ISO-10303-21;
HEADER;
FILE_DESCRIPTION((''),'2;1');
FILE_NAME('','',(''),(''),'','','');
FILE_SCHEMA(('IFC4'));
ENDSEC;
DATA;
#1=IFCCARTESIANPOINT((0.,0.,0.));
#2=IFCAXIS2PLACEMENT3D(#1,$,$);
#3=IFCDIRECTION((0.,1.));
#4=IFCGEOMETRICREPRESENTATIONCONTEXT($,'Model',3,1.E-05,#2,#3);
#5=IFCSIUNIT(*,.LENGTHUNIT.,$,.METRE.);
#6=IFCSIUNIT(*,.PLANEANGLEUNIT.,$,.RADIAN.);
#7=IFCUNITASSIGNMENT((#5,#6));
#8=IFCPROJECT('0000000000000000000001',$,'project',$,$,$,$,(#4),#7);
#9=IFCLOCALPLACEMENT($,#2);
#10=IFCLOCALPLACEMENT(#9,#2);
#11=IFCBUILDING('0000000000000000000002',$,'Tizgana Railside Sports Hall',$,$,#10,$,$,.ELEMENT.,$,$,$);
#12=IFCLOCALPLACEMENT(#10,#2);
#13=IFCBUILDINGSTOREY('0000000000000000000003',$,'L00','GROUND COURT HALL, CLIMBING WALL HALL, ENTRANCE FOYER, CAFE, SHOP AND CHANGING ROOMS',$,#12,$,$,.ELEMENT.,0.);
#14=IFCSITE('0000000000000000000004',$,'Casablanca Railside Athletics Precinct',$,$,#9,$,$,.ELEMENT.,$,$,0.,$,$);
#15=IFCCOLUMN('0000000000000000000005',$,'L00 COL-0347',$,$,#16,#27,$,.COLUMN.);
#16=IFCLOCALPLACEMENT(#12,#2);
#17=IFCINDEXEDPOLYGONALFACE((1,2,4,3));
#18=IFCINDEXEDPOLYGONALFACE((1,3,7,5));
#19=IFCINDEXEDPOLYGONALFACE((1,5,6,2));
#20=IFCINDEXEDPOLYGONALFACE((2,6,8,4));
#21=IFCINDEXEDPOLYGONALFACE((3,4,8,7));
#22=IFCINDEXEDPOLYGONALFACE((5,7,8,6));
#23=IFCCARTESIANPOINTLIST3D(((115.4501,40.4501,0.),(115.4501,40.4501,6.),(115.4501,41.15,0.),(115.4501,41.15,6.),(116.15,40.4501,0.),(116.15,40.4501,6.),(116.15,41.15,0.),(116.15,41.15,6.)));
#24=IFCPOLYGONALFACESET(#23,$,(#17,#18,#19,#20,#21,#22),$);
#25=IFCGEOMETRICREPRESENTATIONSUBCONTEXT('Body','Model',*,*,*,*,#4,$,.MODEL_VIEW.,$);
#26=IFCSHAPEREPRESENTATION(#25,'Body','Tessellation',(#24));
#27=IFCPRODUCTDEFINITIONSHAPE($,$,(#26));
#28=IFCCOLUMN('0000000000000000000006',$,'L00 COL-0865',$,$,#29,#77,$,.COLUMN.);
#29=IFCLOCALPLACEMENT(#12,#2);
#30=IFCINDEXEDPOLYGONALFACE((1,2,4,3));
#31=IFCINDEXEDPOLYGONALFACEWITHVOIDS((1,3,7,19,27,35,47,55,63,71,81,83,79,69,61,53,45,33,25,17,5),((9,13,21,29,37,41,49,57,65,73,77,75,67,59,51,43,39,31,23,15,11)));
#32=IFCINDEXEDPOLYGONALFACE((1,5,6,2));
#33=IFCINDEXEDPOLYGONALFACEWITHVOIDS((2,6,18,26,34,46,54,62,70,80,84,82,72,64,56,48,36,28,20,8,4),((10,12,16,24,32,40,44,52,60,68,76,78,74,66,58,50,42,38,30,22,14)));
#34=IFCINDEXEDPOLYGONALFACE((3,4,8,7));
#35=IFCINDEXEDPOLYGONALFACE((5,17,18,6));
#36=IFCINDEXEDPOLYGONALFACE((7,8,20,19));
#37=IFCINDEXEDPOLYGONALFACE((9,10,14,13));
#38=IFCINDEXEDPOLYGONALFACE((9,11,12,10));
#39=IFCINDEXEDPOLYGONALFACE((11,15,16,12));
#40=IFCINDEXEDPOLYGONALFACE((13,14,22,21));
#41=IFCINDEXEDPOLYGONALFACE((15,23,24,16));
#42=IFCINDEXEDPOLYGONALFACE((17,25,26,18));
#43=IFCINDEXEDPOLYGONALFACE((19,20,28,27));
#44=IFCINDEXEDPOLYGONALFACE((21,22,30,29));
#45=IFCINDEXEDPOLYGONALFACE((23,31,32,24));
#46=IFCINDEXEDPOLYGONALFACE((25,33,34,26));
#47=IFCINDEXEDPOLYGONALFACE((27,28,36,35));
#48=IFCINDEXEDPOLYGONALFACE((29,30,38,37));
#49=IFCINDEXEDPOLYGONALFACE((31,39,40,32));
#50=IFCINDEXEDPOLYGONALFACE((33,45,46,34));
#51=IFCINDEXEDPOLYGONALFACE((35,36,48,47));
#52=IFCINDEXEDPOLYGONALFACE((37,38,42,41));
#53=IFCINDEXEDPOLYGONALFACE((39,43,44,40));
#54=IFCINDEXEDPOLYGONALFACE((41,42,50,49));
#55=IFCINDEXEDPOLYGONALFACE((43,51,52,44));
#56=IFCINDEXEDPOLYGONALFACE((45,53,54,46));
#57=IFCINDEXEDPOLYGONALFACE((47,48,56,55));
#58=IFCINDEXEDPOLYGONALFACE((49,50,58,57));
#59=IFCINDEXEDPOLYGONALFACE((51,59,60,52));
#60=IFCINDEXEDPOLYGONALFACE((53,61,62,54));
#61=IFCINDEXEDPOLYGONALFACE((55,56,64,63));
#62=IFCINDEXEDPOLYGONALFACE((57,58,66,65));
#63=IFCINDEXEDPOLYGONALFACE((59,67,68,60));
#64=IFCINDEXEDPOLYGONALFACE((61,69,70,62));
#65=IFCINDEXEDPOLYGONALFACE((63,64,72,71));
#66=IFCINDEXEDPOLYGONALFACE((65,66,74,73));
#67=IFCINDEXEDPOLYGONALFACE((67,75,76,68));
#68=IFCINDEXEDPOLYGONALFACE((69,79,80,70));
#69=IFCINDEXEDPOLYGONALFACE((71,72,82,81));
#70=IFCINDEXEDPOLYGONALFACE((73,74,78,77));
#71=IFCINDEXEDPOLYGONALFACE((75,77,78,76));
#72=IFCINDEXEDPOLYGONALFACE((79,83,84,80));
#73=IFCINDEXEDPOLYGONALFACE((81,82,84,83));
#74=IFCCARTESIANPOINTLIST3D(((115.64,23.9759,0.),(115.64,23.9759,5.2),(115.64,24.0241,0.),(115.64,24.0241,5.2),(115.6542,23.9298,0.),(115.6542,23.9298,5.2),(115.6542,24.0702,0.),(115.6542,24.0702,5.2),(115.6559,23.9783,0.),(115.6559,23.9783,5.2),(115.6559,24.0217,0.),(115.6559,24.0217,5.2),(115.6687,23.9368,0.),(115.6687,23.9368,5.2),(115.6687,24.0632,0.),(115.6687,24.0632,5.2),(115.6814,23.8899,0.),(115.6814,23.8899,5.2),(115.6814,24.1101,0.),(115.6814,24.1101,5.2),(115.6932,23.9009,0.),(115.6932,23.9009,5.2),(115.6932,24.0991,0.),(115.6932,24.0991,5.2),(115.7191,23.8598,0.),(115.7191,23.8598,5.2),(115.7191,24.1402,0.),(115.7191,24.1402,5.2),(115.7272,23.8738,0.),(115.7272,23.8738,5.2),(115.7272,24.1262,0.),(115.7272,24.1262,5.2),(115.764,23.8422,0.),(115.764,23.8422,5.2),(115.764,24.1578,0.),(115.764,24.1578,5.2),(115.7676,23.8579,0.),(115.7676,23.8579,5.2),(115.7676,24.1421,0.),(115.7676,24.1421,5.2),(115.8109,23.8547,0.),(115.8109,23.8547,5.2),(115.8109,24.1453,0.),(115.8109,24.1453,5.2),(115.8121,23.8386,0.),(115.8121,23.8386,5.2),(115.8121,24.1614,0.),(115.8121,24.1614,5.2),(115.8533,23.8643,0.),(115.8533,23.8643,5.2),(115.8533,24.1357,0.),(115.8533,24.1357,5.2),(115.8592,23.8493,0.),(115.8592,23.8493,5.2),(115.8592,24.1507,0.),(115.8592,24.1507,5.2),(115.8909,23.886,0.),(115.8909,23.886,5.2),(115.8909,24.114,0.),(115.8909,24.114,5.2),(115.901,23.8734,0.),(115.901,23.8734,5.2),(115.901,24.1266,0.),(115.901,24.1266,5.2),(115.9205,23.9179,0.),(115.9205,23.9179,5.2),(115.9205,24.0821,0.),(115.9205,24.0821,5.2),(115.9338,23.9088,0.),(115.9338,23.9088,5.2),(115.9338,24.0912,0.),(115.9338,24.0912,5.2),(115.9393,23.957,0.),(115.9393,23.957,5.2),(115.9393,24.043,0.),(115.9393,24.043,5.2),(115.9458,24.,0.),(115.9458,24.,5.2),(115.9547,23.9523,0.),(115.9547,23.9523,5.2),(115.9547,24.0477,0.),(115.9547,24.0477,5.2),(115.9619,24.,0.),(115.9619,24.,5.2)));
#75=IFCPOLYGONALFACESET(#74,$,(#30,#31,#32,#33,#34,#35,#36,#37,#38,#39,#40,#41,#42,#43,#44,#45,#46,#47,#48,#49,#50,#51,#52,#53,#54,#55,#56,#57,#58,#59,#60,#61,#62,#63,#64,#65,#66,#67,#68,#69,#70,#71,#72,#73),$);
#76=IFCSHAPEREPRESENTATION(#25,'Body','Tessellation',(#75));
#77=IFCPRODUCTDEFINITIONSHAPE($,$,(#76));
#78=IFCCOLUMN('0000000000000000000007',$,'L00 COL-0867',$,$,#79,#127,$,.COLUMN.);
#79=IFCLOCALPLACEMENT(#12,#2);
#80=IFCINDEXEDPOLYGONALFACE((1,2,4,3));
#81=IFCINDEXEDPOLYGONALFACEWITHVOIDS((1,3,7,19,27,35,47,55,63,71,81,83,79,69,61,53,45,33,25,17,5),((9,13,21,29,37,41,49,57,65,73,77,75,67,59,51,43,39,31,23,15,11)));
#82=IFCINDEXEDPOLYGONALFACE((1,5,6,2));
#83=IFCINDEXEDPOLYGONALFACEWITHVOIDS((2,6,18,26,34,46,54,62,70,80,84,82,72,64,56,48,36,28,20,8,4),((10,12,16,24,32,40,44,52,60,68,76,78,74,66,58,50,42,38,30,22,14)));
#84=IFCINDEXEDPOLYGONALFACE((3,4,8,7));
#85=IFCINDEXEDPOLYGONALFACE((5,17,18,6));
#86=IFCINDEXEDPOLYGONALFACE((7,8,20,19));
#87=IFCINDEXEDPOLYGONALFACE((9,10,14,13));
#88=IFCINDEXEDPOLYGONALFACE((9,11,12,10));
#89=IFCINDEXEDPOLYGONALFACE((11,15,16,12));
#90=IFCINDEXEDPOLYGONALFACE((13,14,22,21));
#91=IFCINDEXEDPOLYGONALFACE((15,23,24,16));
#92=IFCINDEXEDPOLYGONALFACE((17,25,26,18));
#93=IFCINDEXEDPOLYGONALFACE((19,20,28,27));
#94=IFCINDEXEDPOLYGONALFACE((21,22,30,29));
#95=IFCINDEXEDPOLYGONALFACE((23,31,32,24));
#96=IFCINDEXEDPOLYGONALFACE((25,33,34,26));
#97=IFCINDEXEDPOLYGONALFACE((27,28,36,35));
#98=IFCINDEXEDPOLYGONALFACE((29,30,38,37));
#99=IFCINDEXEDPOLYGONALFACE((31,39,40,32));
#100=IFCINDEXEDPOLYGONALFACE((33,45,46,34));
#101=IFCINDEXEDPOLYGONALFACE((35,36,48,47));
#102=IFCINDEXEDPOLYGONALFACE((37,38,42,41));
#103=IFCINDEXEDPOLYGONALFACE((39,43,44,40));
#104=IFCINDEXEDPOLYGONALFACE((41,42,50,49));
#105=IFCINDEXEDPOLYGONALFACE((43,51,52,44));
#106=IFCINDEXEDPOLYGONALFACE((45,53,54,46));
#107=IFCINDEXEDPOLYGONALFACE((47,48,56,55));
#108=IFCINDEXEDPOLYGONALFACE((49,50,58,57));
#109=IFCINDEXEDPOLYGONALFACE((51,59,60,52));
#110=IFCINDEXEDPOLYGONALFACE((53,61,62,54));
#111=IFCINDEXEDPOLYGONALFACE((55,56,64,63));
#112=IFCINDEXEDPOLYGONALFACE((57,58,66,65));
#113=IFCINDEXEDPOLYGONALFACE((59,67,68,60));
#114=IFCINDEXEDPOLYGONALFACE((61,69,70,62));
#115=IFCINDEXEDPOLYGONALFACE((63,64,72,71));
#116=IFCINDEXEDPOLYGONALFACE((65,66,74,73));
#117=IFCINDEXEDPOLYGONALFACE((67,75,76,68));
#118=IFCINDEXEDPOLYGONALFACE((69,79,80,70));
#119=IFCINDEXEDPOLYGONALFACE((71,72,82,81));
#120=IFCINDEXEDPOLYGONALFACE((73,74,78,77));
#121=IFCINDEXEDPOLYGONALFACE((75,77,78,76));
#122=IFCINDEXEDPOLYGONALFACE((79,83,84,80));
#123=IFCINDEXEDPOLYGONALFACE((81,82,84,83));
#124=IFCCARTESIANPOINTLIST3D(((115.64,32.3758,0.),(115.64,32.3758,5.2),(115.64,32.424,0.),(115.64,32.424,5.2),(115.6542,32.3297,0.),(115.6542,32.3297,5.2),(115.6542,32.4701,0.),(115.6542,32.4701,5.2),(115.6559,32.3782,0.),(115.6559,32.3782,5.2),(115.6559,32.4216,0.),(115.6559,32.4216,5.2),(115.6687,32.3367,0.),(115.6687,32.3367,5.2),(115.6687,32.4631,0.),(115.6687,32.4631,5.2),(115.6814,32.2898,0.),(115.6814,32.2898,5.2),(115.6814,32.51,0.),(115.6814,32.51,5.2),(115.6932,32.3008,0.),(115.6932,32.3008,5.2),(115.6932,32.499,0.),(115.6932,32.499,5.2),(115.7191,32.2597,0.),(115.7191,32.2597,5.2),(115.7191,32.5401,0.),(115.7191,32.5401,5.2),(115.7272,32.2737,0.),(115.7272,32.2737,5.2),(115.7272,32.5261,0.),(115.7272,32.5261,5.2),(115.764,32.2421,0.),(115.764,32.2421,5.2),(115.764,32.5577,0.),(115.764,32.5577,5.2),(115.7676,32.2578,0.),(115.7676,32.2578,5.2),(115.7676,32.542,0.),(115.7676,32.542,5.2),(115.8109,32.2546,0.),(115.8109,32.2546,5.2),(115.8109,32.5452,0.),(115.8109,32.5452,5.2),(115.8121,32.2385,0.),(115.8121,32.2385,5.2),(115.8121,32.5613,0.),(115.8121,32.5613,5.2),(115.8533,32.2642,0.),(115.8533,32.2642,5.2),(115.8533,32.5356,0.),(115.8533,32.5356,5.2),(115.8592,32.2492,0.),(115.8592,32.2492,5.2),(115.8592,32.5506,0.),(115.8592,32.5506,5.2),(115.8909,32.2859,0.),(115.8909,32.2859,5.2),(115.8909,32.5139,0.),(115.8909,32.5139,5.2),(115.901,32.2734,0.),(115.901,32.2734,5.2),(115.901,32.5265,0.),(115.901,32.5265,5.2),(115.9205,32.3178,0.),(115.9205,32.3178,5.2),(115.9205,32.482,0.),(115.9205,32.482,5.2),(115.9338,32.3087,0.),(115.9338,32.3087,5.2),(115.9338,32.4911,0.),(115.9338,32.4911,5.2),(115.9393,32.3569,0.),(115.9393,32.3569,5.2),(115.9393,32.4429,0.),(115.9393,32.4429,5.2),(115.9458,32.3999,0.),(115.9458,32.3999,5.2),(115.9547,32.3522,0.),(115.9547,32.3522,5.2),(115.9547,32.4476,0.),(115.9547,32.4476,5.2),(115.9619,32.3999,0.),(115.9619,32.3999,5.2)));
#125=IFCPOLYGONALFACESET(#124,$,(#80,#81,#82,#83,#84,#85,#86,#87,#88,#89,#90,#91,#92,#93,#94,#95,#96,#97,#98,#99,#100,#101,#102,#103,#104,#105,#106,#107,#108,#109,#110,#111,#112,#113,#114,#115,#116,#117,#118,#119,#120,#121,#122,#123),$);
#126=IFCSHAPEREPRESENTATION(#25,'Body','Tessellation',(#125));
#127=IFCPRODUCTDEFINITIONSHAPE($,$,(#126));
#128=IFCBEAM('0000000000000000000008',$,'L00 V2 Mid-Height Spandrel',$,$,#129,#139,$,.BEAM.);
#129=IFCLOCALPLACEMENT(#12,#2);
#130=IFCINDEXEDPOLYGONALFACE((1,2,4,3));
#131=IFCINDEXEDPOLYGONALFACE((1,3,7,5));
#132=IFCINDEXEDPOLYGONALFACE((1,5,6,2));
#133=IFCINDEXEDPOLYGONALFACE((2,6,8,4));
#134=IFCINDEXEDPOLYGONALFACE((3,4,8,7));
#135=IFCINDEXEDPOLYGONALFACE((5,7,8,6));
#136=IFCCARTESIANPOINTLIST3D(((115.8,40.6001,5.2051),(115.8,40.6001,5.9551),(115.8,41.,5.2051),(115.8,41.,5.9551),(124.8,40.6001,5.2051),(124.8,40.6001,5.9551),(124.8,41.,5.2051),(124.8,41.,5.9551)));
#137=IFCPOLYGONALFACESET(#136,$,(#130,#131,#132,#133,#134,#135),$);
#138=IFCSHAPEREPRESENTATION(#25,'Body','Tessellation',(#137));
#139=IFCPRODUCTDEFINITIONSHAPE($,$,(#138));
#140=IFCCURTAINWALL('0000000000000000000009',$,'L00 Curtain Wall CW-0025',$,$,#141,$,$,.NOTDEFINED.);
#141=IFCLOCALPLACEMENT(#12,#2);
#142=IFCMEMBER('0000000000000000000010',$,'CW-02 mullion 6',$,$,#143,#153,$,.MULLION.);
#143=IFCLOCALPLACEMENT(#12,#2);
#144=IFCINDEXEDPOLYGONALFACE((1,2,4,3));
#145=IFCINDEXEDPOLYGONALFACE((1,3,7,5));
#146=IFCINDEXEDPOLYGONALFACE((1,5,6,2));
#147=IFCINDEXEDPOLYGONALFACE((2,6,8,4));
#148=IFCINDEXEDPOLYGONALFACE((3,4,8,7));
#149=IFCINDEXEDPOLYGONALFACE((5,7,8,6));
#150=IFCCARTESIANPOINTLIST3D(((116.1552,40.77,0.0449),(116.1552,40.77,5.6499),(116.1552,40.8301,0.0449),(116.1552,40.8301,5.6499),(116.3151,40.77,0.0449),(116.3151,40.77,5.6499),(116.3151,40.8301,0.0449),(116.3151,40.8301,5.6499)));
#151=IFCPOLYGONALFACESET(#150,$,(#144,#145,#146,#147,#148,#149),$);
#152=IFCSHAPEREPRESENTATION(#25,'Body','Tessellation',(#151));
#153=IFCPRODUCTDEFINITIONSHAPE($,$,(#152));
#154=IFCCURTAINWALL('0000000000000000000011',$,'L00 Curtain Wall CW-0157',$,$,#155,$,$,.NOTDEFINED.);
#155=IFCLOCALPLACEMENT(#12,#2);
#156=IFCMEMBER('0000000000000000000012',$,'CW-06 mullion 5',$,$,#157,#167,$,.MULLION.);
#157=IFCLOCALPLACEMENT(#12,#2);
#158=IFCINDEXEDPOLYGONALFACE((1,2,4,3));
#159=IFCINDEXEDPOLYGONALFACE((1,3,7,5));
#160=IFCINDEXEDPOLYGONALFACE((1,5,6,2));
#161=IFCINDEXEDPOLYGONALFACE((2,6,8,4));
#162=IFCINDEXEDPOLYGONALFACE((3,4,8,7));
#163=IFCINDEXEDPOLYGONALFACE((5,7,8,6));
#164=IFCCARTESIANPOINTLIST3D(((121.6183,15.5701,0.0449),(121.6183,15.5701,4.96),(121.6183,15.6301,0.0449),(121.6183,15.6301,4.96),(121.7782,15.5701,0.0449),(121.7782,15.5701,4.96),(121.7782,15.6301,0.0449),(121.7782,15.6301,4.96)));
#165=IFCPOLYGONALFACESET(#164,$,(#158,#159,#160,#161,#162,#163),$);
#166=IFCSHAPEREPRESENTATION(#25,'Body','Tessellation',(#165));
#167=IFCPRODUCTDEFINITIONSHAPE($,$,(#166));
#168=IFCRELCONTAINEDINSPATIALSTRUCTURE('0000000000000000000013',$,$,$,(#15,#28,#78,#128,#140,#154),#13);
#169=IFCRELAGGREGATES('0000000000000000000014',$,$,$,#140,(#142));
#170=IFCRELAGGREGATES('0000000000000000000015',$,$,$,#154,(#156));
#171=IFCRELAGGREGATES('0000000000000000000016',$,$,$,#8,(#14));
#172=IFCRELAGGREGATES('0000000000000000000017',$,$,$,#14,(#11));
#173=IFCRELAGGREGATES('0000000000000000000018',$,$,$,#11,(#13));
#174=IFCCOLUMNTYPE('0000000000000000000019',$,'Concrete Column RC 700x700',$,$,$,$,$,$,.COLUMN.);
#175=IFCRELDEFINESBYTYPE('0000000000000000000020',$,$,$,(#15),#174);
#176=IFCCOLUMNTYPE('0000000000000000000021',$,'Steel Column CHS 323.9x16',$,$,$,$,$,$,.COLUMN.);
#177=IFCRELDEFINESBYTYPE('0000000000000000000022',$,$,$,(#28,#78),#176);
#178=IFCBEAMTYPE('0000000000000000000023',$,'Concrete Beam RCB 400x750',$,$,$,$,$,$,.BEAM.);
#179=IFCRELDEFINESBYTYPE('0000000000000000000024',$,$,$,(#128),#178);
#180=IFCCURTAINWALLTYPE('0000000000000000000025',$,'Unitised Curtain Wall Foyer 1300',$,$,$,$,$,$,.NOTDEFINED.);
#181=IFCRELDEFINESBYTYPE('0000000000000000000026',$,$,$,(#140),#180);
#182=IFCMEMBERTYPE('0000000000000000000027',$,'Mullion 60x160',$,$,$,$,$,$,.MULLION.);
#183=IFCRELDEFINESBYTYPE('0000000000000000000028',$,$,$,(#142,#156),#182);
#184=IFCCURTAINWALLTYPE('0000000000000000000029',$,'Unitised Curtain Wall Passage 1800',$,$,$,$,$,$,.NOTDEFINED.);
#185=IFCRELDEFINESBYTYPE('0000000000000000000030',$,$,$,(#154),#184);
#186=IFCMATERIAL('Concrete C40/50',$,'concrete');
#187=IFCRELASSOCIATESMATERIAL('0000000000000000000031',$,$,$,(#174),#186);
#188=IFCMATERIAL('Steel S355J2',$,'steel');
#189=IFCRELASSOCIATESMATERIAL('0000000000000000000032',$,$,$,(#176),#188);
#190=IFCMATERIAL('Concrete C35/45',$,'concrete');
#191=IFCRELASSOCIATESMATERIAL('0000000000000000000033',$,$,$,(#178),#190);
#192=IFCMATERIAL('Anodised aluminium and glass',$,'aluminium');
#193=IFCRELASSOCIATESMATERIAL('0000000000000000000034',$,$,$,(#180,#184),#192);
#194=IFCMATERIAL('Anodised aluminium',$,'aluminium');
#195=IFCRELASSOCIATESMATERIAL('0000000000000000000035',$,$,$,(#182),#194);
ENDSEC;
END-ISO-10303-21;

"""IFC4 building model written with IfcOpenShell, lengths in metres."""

from ifc_helpers import new_model, si_unit, direction, frame, origin, origin_2d, place, context, subcontext, project, spatial, rectangle, hollow_circle, extrude, material, material_profile, profile_set, type_object, element, aggregate, save


model = new_model("IFC4")

# Units and contexts
model_context = context("Model", 3, precision=1e-05, world=origin(), true_north=direction((0.0, 1.0)))
body_context = subcontext(model_context, "Body", "Model", "MODEL_VIEW")
ifc_project = project(units=[si_unit("LENGTHUNIT", "METRE"), si_unit("PLANEANGLEUNIT", "RADIAN")], contexts=[model_context])

# Site, building, storey
site_placement = place(None, origin())
site = spatial("IfcSite", under=ifc_project, at=site_placement, Name="Casablanca Railside Athletics Precinct", CompositionType="ELEMENT", RefElevation=0.0)
building_placement = place(site_placement, origin())
building = spatial("IfcBuilding", under=site, at=building_placement, Name="Tizgana Railside Sports Hall", CompositionType="ELEMENT")
storey_placement = place(building_placement, origin())
storey = spatial("IfcBuildingStorey", under=building, at=storey_placement, Name="L00", Description="GROUND COURT HALL, CLIMBING WALL HALL, ENTRANCE FOYER, CAFE, SHOP AND CHANGING ROOMS", CompositionType="ELEMENT", Elevation=0.0)

# Columns
ifc_material_1 = material(Name="Concrete C40/50", Category="concrete")
ifc_material_profile_1 = material_profile(ifc_material_1, rectangle(XDim=0.7, YDim=0.7, at=origin_2d()), Name="RC 700x700")
ifc_profile_set_1 = profile_set([ifc_material_profile_1], Name="Concrete C40/50")
column_type_1 = type_object("IfcColumnType", Name="Concrete Column RC 700x700", PredefinedType="COLUMN", material=ifc_profile_set_1)
column_placement = place(storey_placement, frame((115.8, 40.8, 0.0), z_axis=(0.0, 0.0, 1.0), x_axis=(1.0, 0.0, 0.0)))
element("IfcColumn", 1, at=column_placement, inside=storey, type_object=column_type_1, Name="L00 COL-0347", PredefinedType="COLUMN", context=body_context, shape_type="SweptSolid", body=[
    extrude(rectangle(XDim=0.7, YDim=0.7, at=origin_2d()), origin(), (0.0, 0.0, 1.0), 6.0),
])
ifc_material_2 = material(Name="Steel S355J2", Category="steel")
ifc_material_profile_2 = material_profile(ifc_material_2, hollow_circle(Radius=0.1619, WallThickness=0.0161, at=origin_2d()), Name="CHS 323.9x16")
ifc_profile_set_2 = profile_set([ifc_material_profile_2], Name="Steel S355J2")
column_type_2 = type_object("IfcColumnType", Name="Steel Column CHS 323.9x16", PredefinedType="COLUMN", material=ifc_profile_set_2)
for number, where, z_axis, x_axis, name in (
    (2, (115.8, 24.0, 0.0), (0.0, 0.0, 1.0), (1.0, 0.0, 0.0), "L00 COL-0865"),
    (3, (115.8, 32.3999, 0.0), (0.0, 0.0, 1.0), (1.0, 0.0, 0.0), "L00 COL-0867"),
):
    element("IfcColumn", number, at=place(storey_placement, frame(where, z_axis=z_axis, x_axis=x_axis)), inside=storey, type_object=column_type_2, Name=name, PredefinedType="COLUMN", context=body_context, shape_type="SweptSolid", body=[
        extrude(hollow_circle(Radius=0.1619, WallThickness=0.0161, at=origin_2d()), origin(), (0.0, 0.0, 1.0), 5.2),
    ])

# Beam
ifc_material_3 = material(Name="Concrete C35/45", Category="concrete")
ifc_material_profile_3 = material_profile(ifc_material_3, rectangle(XDim=0.3999, YDim=0.75, at=origin_2d()), Name="RCB 400x750")
ifc_profile_set_3 = profile_set([ifc_material_profile_3], Name="Concrete C35/45")
beam_type_1 = type_object("IfcBeamType", Name="Concrete Beam RCB 400x750", PredefinedType="BEAM", material=ifc_profile_set_3)
beam_1_placement = place(storey_placement, frame((115.8, 40.8, 5.5801), z_axis=(1.0, 0.0, 0.0), x_axis=(0.0, 1.0, 0.0)))
element("IfcBeam", 4, at=beam_1_placement, inside=storey, type_object=beam_type_1, Name="L00 V2 Mid-Height Spandrel", PredefinedType="BEAM", context=body_context, shape_type="SweptSolid", body=[
    extrude(rectangle(XDim=0.3999, YDim=0.75, at=origin_2d()), origin(), (0.0, 0.0, 1.0), 9.0),
])

# Curtain walls, members
ifc_material_4 = material(Name="Anodised aluminium and glass", Category="aluminium")
curtain_wall_type_1 = type_object("IfcCurtainWallType", Name="Unitised Curtain Wall Foyer 1300", PredefinedType="NOTDEFINED", material=ifc_material_4)
curtain_wall_1_placement = place(storey_placement, origin())
curtain_wall_1 = element("IfcCurtainWall", 5, at=curtain_wall_1_placement, inside=storey, type_object=curtain_wall_type_1, Name="L00 Curtain Wall CW-0025", PredefinedType="NOTDEFINED")
ifc_material_5 = material(Name="Anodised aluminium", Category="aluminium")
ifc_material_profile_4 = material_profile(ifc_material_5, rectangle(XDim=0.0601, YDim=0.1599, at=origin_2d()), Name="Mullion 60x160")
ifc_profile_set_4 = profile_set([ifc_material_profile_4], Name="Anodised aluminium")
member_type_1 = type_object("IfcMemberType", Name="Mullion 60x160", PredefinedType="MULLION", material=ifc_profile_set_4)
member_1_placement = place(storey_placement, frame((116.2351, 40.8, 0.0449), z_axis=(0.0, 0.0, 1.0), x_axis=(0.0, -1.0, 0.0)))
member_1 = element("IfcMember", 6, at=member_1_placement, type_object=member_type_1, Name="CW-02 mullion 6", PredefinedType="MULLION", context=body_context, shape_type="SweptSolid", body=[
    extrude(rectangle(XDim=0.0601, YDim=0.1599, at=origin_2d()), origin(), (0.0, 0.0, 1.0), 5.605),
])
aggregate(curtain_wall_1, [member_1])
curtain_wall_type_2 = type_object("IfcCurtainWallType", Name="Unitised Curtain Wall Passage 1800", PredefinedType="NOTDEFINED", material=ifc_material_4)
curtain_wall_2_placement = place(storey_placement, origin())
curtain_wall_2 = element("IfcCurtainWall", 7, at=curtain_wall_2_placement, inside=storey, type_object=curtain_wall_type_2, Name="L00 Curtain Wall CW-0157", PredefinedType="NOTDEFINED")
member_2_placement = place(storey_placement, frame((121.6982, 15.6001, 0.0449), z_axis=(0.0, 0.0, 1.0), x_axis=(0.0, 1.0, 0.0)))
member_2 = element("IfcMember", 8, at=member_2_placement, type_object=member_type_1, Name="CW-06 mullion 5", PredefinedType="MULLION", context=body_context, shape_type="SweptSolid", body=[
    extrude(rectangle(XDim=0.0601, YDim=0.1599, at=origin_2d()), origin(), (0.0, 0.0, 1.0), 4.915),
])

aggregate(curtain_wall_2, [member_2])

save(model, "model.ifc")
